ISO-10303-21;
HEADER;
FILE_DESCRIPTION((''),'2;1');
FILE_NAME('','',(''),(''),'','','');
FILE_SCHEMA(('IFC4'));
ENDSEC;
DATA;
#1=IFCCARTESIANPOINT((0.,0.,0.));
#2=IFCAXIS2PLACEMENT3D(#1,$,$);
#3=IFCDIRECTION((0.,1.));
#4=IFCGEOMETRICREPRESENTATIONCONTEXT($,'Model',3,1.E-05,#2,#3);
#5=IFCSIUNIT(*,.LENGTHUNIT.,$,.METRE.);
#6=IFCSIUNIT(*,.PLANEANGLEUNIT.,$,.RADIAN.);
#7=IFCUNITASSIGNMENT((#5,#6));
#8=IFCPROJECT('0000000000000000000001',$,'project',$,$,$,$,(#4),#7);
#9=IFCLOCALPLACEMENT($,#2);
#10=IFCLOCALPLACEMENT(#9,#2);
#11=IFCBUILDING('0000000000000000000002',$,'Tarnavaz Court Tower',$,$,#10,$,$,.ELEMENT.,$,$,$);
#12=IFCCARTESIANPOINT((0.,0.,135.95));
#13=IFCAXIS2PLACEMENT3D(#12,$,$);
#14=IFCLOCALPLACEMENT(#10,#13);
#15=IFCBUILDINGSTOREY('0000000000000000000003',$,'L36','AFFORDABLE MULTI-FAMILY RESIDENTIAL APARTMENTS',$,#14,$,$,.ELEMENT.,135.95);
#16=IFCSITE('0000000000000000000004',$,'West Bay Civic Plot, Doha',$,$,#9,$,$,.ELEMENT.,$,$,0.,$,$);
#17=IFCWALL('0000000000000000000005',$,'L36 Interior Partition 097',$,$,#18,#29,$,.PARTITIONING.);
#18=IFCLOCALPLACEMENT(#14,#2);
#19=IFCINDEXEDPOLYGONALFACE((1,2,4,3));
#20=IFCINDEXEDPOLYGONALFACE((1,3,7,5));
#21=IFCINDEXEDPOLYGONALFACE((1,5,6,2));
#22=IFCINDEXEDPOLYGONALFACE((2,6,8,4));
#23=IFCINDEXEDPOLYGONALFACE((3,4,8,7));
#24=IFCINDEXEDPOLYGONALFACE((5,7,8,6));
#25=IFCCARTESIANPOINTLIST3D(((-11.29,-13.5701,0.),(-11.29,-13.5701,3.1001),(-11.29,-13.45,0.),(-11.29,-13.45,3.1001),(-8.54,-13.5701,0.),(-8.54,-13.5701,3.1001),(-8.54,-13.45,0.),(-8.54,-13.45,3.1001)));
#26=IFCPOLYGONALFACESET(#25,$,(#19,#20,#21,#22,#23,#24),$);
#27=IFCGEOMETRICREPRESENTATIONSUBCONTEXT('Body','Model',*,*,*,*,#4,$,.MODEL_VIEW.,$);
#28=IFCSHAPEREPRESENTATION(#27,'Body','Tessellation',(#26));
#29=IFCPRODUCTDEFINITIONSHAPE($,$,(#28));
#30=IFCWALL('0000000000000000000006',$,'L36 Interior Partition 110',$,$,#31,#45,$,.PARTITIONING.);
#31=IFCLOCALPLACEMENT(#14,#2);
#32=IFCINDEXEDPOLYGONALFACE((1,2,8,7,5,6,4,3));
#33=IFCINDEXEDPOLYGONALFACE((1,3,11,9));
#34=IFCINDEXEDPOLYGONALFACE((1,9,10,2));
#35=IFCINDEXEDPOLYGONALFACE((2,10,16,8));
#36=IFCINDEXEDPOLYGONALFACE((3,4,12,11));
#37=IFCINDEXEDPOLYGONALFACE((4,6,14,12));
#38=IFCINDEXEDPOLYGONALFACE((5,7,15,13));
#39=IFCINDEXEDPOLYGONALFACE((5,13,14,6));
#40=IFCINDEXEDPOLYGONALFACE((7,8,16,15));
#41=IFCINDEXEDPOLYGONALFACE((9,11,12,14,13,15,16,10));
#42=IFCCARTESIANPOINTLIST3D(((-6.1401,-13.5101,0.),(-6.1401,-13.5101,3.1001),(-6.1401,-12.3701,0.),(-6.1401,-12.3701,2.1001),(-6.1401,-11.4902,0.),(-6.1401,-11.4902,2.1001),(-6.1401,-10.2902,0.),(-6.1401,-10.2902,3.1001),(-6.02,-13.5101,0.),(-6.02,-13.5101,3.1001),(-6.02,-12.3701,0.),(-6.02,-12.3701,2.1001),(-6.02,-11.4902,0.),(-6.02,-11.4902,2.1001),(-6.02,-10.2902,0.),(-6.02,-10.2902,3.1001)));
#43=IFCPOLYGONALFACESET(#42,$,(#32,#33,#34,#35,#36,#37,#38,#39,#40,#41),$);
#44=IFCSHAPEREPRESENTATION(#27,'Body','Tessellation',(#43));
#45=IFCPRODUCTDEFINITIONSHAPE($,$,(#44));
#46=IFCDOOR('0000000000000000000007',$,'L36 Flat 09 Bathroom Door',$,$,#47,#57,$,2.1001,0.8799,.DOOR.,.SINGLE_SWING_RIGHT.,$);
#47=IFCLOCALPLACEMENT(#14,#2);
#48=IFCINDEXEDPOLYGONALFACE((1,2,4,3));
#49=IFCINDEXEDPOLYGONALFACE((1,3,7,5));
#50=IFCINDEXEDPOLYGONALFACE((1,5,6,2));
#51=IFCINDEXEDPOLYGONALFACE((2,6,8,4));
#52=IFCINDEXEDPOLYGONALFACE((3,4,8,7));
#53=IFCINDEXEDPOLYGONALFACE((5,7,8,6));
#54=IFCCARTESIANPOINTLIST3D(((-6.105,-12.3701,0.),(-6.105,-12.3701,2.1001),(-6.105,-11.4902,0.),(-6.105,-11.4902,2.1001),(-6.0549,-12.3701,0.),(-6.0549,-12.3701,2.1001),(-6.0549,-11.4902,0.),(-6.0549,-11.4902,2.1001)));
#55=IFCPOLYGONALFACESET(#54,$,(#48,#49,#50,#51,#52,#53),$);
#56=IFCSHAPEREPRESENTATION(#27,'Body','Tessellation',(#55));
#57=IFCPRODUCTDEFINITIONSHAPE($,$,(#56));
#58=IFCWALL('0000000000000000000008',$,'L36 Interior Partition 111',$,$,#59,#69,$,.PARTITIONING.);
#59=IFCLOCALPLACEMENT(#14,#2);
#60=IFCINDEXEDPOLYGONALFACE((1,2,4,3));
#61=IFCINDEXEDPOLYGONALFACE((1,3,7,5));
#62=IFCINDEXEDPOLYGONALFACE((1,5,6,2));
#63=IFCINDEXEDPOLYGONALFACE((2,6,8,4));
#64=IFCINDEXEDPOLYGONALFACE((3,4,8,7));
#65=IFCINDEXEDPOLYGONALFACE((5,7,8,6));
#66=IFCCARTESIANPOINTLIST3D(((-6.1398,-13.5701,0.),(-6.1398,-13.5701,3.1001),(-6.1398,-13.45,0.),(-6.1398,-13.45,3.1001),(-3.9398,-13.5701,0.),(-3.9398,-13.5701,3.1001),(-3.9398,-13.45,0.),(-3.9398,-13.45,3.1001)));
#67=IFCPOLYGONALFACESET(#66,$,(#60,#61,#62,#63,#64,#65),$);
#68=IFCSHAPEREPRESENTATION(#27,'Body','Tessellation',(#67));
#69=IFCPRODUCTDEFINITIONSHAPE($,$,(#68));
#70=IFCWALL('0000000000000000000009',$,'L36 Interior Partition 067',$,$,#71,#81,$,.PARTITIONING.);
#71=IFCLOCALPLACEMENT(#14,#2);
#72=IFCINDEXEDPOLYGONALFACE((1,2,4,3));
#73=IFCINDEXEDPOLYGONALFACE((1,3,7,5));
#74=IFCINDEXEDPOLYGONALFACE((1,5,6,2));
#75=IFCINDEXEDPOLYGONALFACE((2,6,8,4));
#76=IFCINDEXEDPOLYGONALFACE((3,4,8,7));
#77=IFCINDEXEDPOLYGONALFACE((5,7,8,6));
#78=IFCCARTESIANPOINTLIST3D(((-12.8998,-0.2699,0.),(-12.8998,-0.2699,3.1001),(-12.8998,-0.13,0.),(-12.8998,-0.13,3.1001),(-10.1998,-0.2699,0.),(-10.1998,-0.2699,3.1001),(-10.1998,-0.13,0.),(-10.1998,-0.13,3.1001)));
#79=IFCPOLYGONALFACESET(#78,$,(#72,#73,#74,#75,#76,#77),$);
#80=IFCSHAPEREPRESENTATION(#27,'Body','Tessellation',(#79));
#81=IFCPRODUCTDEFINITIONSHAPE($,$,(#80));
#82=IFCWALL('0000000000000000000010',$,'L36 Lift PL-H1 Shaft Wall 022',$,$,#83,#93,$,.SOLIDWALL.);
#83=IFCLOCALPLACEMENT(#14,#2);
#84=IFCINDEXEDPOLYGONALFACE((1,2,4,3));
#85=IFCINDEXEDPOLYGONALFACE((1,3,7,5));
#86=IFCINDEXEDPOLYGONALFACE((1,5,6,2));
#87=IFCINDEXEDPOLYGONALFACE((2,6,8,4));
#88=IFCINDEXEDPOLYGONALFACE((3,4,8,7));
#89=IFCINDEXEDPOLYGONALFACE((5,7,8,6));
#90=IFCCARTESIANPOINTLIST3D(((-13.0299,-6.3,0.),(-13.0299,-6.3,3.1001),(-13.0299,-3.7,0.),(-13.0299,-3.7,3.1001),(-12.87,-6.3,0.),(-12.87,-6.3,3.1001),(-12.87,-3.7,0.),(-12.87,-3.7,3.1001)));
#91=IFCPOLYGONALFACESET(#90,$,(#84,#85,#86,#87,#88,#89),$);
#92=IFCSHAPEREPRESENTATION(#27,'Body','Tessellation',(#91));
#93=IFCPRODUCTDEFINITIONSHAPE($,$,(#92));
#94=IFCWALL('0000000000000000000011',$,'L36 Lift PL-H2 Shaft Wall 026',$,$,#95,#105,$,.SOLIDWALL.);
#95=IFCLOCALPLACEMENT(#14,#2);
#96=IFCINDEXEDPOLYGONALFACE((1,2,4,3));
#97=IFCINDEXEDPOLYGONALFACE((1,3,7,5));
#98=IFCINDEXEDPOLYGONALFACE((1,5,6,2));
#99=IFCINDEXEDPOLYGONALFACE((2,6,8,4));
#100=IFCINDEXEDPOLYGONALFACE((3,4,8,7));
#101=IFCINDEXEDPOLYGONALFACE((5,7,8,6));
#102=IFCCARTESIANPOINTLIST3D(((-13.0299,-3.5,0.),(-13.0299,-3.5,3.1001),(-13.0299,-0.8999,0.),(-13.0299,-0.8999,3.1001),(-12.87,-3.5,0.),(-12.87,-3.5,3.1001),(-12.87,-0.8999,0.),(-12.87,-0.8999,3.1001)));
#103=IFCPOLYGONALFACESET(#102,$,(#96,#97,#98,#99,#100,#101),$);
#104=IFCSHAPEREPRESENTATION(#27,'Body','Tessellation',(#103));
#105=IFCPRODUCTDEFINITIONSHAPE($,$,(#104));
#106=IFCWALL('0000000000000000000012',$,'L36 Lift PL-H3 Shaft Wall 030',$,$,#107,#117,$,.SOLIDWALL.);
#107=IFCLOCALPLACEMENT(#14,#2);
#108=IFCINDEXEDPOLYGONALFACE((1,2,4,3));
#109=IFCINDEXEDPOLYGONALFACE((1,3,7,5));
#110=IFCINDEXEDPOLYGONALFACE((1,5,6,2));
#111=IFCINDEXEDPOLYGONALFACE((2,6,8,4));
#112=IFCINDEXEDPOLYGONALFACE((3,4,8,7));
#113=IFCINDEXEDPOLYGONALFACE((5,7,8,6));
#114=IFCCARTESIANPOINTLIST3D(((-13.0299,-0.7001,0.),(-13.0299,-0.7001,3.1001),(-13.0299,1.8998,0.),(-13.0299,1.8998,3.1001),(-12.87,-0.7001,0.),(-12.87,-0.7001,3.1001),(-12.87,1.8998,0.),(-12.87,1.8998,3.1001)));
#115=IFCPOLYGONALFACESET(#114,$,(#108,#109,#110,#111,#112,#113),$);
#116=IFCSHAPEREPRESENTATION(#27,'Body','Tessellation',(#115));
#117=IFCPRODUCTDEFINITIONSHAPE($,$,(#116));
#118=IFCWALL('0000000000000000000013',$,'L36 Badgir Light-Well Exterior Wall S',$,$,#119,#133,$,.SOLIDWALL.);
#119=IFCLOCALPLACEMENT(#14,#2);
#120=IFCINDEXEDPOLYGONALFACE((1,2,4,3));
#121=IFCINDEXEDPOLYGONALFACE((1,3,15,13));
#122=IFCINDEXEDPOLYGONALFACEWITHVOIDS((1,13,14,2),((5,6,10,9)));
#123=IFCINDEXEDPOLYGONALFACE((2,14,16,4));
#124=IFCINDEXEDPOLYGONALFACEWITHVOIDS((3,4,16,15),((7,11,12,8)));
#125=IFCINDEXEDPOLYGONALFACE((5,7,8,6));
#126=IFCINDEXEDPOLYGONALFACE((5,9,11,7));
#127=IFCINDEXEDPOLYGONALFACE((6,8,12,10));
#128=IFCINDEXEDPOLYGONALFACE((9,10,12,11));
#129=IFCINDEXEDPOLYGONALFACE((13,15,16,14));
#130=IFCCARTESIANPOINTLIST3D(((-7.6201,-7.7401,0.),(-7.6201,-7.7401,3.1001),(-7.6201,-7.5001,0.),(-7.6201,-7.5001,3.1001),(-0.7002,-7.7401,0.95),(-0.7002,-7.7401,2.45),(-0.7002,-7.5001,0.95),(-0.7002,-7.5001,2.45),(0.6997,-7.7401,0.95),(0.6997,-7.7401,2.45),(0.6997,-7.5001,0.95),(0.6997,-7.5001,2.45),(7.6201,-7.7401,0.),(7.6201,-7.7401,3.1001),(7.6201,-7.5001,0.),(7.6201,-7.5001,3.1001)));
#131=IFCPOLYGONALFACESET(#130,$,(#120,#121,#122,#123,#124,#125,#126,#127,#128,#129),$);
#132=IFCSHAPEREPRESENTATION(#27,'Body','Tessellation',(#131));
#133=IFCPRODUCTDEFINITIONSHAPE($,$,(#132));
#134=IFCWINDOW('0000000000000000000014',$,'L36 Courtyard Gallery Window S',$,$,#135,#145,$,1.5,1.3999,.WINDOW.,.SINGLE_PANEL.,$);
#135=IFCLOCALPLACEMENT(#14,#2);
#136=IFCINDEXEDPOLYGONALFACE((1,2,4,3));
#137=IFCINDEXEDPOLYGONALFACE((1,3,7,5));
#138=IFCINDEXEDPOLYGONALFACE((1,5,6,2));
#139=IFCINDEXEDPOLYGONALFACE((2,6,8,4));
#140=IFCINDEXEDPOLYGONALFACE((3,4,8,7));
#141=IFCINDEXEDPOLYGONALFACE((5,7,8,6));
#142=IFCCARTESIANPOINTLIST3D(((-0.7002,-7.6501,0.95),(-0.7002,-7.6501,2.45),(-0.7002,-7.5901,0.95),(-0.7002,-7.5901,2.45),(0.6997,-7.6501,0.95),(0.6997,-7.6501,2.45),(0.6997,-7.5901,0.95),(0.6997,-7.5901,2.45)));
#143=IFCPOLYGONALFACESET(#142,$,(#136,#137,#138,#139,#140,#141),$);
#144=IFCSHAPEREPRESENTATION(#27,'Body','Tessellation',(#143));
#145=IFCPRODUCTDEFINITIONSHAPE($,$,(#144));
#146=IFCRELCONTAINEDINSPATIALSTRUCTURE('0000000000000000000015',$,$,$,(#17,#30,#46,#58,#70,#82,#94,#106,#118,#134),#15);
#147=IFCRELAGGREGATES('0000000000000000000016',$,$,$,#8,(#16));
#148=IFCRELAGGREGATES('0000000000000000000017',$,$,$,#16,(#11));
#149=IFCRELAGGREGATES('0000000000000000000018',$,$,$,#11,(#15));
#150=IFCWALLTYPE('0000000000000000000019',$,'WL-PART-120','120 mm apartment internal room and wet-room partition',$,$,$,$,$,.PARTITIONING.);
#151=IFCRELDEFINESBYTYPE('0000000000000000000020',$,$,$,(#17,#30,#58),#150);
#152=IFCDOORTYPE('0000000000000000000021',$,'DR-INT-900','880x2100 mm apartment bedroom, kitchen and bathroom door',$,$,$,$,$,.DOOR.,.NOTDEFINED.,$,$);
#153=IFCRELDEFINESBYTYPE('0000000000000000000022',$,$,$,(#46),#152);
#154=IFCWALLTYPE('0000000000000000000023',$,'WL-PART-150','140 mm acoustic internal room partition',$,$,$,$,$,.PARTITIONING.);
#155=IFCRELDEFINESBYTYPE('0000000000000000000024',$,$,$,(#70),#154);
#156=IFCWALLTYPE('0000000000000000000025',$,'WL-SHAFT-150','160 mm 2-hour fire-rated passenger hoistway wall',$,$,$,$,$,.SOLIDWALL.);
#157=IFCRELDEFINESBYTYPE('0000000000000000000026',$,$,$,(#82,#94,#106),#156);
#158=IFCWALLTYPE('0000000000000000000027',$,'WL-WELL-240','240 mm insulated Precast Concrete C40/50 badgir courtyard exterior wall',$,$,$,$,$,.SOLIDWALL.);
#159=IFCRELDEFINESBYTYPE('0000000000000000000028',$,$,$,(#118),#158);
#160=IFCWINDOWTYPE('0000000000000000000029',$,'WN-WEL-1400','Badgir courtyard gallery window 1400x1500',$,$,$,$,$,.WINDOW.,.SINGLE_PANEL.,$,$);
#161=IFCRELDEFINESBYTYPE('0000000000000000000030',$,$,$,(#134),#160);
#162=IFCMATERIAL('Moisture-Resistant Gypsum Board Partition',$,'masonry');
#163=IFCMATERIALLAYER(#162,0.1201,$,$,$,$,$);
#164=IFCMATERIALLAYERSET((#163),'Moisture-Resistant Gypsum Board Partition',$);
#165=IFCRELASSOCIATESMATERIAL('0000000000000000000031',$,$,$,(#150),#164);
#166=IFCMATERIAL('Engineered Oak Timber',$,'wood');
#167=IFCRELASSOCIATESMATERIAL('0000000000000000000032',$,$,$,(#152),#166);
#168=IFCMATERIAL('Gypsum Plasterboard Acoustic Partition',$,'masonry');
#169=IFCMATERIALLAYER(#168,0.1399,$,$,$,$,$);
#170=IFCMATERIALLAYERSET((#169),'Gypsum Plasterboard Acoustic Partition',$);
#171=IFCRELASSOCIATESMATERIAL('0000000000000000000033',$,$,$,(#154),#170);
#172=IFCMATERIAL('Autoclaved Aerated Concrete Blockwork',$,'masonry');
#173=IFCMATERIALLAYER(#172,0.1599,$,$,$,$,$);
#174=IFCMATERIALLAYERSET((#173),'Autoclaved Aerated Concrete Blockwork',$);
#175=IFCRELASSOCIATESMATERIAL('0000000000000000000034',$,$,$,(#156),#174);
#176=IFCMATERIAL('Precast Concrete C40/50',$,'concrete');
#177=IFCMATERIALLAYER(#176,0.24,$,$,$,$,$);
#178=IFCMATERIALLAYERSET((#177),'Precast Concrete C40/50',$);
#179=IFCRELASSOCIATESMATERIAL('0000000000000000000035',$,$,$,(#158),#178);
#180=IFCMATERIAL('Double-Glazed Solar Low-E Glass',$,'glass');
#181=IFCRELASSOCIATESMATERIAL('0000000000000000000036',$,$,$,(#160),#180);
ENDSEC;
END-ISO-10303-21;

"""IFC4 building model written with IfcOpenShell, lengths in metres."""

from ifc_helpers import new_model, si_unit, direction, frame, frame_2d, origin, place, context, subcontext, project, spatial, rectangle, extrude, material, layer, layer_set, type_object, element, fill, save


model = new_model("IFC4")

# Units and contexts
model_context = context("Model", 3, precision=1e-05, world=origin(), true_north=direction((0.0, 1.0)))
body_context = subcontext(model_context, "Body", "Model", "MODEL_VIEW")
ifc_project = project(units=[si_unit("LENGTHUNIT", "METRE"), si_unit("PLANEANGLEUNIT", "RADIAN")], contexts=[model_context])

# Site, building, storey
site_placement = place(None, origin())
site = spatial("IfcSite", under=ifc_project, at=site_placement, Name="West Bay Civic Plot, Doha", CompositionType="ELEMENT", RefElevation=0.0)
building_placement = place(site_placement, origin())
building = spatial("IfcBuilding", under=site, at=building_placement, Name="Tarnavaz Court Tower", CompositionType="ELEMENT")
storey_placement = place(building_placement, frame((0.0, 0.0, 135.95)))
storey = spatial("IfcBuildingStorey", under=building, at=storey_placement, Name="L36", Description="AFFORDABLE MULTI-FAMILY RESIDENTIAL APARTMENTS", CompositionType="ELEMENT", Elevation=135.95)

# Shared definitions
ifc_material_1 = material(Name="Moisture-Resistant Gypsum Board Partition", Category="masonry")
ifc_layer_1 = layer(ifc_material_1, 0.1201)
ifc_layer_set_1 = layer_set([ifc_layer_1], Name="Moisture-Resistant Gypsum Board Partition")
wall_type_1 = type_object("IfcWallType", Name="WL-PART-120", Description="120 mm apartment internal room and wet-room partition", PredefinedType="PARTITIONING", material=ifc_layer_set_1)
ifc_material_2 = material(Name="Engineered Oak Timber", Category="wood")
door_type_1 = type_object("IfcDoorType", Name="DR-INT-900", Description="880x2100 mm apartment bedroom, kitchen and bathroom door", OperationType="NOTDEFINED", PredefinedType="DOOR", material=ifc_material_2)

# Wall
wall_1_placement = place(storey_placement, frame((-11.29, -13.51, 0.0), z_axis=(0.0, 0.0, 1.0), x_axis=(1.0, 0.0, 0.0)))
element("IfcWall", 1, at=wall_1_placement, inside=storey, type_object=wall_type_1, Name="L36 Interior Partition 097", PredefinedType="PARTITIONING", context=body_context, shape_type="SweptSolid", body=[
    extrude(rectangle(XDim=2.75, YDim=0.1201, at=frame_2d((1.375, 0.0))), origin(), (0.0, 0.0, 1.0), 3.1001),
])

# Wall, opening, door
wall_2_placement = place(storey_placement, frame((-6.0801, -13.51, 0.0), z_axis=(0.0, 0.0, 1.0), x_axis=(0.0, 1.0, 0.0)))
wall_2 = element("IfcWall", 2, at=wall_2_placement, inside=storey, type_object=wall_type_1, Name="L36 Interior Partition 110", PredefinedType="PARTITIONING", context=body_context, shape_type="SweptSolid", body=[
    extrude(rectangle(XDim=3.22, YDim=0.1201, at=frame_2d((1.6099, 0.0))), origin(), (0.0, 0.0, 1.0), 3.1001),
])
opening_1_placement = place(wall_2_placement, frame((1.1399, 0.0, 0.0)))
opening_1 = element("IfcOpeningElement", 3, at=opening_1_placement, cuts=wall_2, PredefinedType="OPENING", context=body_context, shape_type="SweptSolid", body=[
    extrude(rectangle(XDim=0.8799, YDim=2.1001, at=frame_2d((0.4399, 1.05))), frame((0.0, 0.0701, 0.0), z_axis=(0.0, -1.0, 0.0), x_axis=(1.0, 0.0, 0.0)), (0.0, 0.0, 1.0), 0.1401),
])
door_1_placement = place(opening_1_placement, origin())
door_1 = element("IfcDoor", 4, at=door_1_placement, inside=storey, type_object=door_type_1, Name="L36 Flat 09 Bathroom Door", OperationType="SINGLE_SWING_RIGHT", OverallHeight=2.1001, OverallWidth=0.8799, PredefinedType="DOOR", context=body_context, shape_type="SweptSolid", body=[
    extrude(rectangle(XDim=0.8799, YDim=2.1001, at=frame_2d((0.4399, 1.05))), frame((0.0, 0.0249, 0.0), z_axis=(0.0, -1.0, 0.0), x_axis=(1.0, 0.0, 0.0)), (0.0, 0.0, 1.0), 0.05),
])
fill(opening_1, door_1)

# Wall
wall_3_placement = place(storey_placement, frame((-6.1399, -13.51, 0.0), z_axis=(0.0, 0.0, 1.0), x_axis=(1.0, 0.0, 0.0)))
element("IfcWall", 5, at=wall_3_placement, inside=storey, type_object=wall_type_1, Name="L36 Interior Partition 111", PredefinedType="PARTITIONING", context=body_context, shape_type="SweptSolid", body=[
    extrude(rectangle(XDim=2.2, YDim=0.1201, at=frame_2d((1.1001, 0.0))), origin(), (0.0, 0.0, 1.0), 3.1001),
])

# Shared definitions
ifc_material_3 = material(Name="Gypsum Plasterboard Acoustic Partition", Category="masonry")
ifc_layer_2 = layer(ifc_material_3, 0.1399)
ifc_layer_set_2 = layer_set([ifc_layer_2], Name="Gypsum Plasterboard Acoustic Partition")
wall_type_2 = type_object("IfcWallType", Name="WL-PART-150", Description="140 mm acoustic internal room partition", PredefinedType="PARTITIONING", material=ifc_layer_set_2)

# Walls
wall_4_placement = place(storey_placement, frame((-12.8999, -0.2, 0.0), z_axis=(0.0, 0.0, 1.0), x_axis=(1.0, 0.0, 0.0)))
element("IfcWall", 6, at=wall_4_placement, inside=storey, type_object=wall_type_2, Name="L36 Interior Partition 067", PredefinedType="PARTITIONING", context=body_context, shape_type="SweptSolid", body=[
    extrude(rectangle(XDim=2.7, YDim=0.1399, at=frame_2d((1.3501, 0.0))), origin(), (0.0, 0.0, 1.0), 3.1001),
])
ifc_material_4 = material(Name="Autoclaved Aerated Concrete Blockwork", Category="masonry")
ifc_layer_3 = layer(ifc_material_4, 0.1599)
ifc_layer_set_3 = layer_set([ifc_layer_3], Name="Autoclaved Aerated Concrete Blockwork")
wall_type_3 = type_object("IfcWallType", Name="WL-SHAFT-150", Description="160 mm 2-hour fire-rated passenger hoistway wall", PredefinedType="SOLIDWALL", material=ifc_layer_set_3)
for number, where, z_axis, x_axis, name in (
    (7, (-12.95, -6.3, 0.0), (0.0, 0.0, 1.0), (0.0, 1.0, 0.0), "L36 Lift PL-H1 Shaft Wall 022"),
    (8, (-12.95, -3.5, 0.0), (0.0, 0.0, 1.0), (0.0, 1.0, 0.0), "L36 Lift PL-H2 Shaft Wall 026"),
):
    element("IfcWall", number, at=place(storey_placement, frame(where, z_axis=z_axis, x_axis=x_axis)), inside=storey, type_object=wall_type_3, Name=name, PredefinedType="SOLIDWALL", context=body_context, shape_type="SweptSolid", body=[
        extrude(rectangle(XDim=2.6001, YDim=0.1599, at=frame_2d((1.3, 0.0))), origin(), (0.0, 0.0, 1.0), 3.1001),
    ])
wall_5_placement = place(storey_placement, frame((-12.95, -0.7, 0.0), z_axis=(0.0, 0.0, 1.0), x_axis=(0.0, 1.0, 0.0)))
element("IfcWall", 9, at=wall_5_placement, inside=storey, type_object=wall_type_3, Name="L36 Lift PL-H3 Shaft Wall 030", PredefinedType="SOLIDWALL", context=body_context, shape_type="SweptSolid", body=[
    extrude(rectangle(XDim=2.5999, YDim=0.1599, at=frame_2d((1.2998, 0.0))), origin(), (0.0, 0.0, 1.0), 3.1001),
])

# Wall, opening, window
ifc_material_5 = material(Name="Precast Concrete C40/50", Category="concrete")
ifc_layer_4 = layer(ifc_material_5, 0.24)
ifc_layer_set_4 = layer_set([ifc_layer_4], Name="Precast Concrete C40/50")
wall_type_4 = type_object("IfcWallType", Name="WL-WELL-240", Description="240 mm insulated Precast Concrete C40/50 badgir courtyard exterior wall", PredefinedType="SOLIDWALL", material=ifc_layer_set_4)
wall_6_placement = place(storey_placement, frame((-7.6201, -7.6201, 0.0), z_axis=(0.0, 0.0, 1.0), x_axis=(1.0, 0.0, 0.0)))
wall_6 = element("IfcWall", 10, at=wall_6_placement, inside=storey, type_object=wall_type_4, Name="L36 Badgir Light-Well Exterior Wall S", PredefinedType="SOLIDWALL", context=body_context, shape_type="SweptSolid", body=[
    extrude(rectangle(XDim=15.2402, YDim=0.24, at=frame_2d((7.6201, 0.0))), origin(), (0.0, 0.0, 1.0), 3.1001),
])
opening_2_placement = place(wall_6_placement, frame((6.9199, 0.0, 0.95)))
opening_2 = element("IfcOpeningElement", 11, at=opening_2_placement, cuts=wall_6, PredefinedType="OPENING", context=body_context, shape_type="SweptSolid", body=[
    extrude(rectangle(XDim=1.3999, YDim=1.5, at=frame_2d((0.7, 0.75))), frame((0.0, 0.1299, 0.0), z_axis=(0.0, -1.0, 0.0), x_axis=(1.0, 0.0, 0.0)), (0.0, 0.0, 1.0), 0.26),
])
ifc_material_6 = material(Name="Double-Glazed Solar Low-E Glass", Category="glass")
window_type = type_object("IfcWindowType", Name="WN-WEL-1400", Description="Badgir courtyard gallery window 1400x1500", PartitioningType="SINGLE_PANEL", PredefinedType="WINDOW", material=ifc_material_6)
window_placement = place(opening_2_placement, origin())
window = element("IfcWindow", 12, at=window_placement, inside=storey, type_object=window_type, Name="L36 Courtyard Gallery Window S", OverallHeight=1.5, OverallWidth=1.3999, PartitioningType="SINGLE_PANEL", PredefinedType="WINDOW", context=body_context, shape_type="SweptSolid", body=[
    extrude(rectangle(XDim=1.3999, YDim=1.5, at=frame_2d((0.7, 0.75))), frame((0.0, 0.03, 0.0), z_axis=(0.0, -1.0, 0.0), x_axis=(1.0, 0.0, 0.0)), (0.0, 0.0, 1.0), 0.0601),
])
fill(opening_2, window)

save(model, "model.ifc")
